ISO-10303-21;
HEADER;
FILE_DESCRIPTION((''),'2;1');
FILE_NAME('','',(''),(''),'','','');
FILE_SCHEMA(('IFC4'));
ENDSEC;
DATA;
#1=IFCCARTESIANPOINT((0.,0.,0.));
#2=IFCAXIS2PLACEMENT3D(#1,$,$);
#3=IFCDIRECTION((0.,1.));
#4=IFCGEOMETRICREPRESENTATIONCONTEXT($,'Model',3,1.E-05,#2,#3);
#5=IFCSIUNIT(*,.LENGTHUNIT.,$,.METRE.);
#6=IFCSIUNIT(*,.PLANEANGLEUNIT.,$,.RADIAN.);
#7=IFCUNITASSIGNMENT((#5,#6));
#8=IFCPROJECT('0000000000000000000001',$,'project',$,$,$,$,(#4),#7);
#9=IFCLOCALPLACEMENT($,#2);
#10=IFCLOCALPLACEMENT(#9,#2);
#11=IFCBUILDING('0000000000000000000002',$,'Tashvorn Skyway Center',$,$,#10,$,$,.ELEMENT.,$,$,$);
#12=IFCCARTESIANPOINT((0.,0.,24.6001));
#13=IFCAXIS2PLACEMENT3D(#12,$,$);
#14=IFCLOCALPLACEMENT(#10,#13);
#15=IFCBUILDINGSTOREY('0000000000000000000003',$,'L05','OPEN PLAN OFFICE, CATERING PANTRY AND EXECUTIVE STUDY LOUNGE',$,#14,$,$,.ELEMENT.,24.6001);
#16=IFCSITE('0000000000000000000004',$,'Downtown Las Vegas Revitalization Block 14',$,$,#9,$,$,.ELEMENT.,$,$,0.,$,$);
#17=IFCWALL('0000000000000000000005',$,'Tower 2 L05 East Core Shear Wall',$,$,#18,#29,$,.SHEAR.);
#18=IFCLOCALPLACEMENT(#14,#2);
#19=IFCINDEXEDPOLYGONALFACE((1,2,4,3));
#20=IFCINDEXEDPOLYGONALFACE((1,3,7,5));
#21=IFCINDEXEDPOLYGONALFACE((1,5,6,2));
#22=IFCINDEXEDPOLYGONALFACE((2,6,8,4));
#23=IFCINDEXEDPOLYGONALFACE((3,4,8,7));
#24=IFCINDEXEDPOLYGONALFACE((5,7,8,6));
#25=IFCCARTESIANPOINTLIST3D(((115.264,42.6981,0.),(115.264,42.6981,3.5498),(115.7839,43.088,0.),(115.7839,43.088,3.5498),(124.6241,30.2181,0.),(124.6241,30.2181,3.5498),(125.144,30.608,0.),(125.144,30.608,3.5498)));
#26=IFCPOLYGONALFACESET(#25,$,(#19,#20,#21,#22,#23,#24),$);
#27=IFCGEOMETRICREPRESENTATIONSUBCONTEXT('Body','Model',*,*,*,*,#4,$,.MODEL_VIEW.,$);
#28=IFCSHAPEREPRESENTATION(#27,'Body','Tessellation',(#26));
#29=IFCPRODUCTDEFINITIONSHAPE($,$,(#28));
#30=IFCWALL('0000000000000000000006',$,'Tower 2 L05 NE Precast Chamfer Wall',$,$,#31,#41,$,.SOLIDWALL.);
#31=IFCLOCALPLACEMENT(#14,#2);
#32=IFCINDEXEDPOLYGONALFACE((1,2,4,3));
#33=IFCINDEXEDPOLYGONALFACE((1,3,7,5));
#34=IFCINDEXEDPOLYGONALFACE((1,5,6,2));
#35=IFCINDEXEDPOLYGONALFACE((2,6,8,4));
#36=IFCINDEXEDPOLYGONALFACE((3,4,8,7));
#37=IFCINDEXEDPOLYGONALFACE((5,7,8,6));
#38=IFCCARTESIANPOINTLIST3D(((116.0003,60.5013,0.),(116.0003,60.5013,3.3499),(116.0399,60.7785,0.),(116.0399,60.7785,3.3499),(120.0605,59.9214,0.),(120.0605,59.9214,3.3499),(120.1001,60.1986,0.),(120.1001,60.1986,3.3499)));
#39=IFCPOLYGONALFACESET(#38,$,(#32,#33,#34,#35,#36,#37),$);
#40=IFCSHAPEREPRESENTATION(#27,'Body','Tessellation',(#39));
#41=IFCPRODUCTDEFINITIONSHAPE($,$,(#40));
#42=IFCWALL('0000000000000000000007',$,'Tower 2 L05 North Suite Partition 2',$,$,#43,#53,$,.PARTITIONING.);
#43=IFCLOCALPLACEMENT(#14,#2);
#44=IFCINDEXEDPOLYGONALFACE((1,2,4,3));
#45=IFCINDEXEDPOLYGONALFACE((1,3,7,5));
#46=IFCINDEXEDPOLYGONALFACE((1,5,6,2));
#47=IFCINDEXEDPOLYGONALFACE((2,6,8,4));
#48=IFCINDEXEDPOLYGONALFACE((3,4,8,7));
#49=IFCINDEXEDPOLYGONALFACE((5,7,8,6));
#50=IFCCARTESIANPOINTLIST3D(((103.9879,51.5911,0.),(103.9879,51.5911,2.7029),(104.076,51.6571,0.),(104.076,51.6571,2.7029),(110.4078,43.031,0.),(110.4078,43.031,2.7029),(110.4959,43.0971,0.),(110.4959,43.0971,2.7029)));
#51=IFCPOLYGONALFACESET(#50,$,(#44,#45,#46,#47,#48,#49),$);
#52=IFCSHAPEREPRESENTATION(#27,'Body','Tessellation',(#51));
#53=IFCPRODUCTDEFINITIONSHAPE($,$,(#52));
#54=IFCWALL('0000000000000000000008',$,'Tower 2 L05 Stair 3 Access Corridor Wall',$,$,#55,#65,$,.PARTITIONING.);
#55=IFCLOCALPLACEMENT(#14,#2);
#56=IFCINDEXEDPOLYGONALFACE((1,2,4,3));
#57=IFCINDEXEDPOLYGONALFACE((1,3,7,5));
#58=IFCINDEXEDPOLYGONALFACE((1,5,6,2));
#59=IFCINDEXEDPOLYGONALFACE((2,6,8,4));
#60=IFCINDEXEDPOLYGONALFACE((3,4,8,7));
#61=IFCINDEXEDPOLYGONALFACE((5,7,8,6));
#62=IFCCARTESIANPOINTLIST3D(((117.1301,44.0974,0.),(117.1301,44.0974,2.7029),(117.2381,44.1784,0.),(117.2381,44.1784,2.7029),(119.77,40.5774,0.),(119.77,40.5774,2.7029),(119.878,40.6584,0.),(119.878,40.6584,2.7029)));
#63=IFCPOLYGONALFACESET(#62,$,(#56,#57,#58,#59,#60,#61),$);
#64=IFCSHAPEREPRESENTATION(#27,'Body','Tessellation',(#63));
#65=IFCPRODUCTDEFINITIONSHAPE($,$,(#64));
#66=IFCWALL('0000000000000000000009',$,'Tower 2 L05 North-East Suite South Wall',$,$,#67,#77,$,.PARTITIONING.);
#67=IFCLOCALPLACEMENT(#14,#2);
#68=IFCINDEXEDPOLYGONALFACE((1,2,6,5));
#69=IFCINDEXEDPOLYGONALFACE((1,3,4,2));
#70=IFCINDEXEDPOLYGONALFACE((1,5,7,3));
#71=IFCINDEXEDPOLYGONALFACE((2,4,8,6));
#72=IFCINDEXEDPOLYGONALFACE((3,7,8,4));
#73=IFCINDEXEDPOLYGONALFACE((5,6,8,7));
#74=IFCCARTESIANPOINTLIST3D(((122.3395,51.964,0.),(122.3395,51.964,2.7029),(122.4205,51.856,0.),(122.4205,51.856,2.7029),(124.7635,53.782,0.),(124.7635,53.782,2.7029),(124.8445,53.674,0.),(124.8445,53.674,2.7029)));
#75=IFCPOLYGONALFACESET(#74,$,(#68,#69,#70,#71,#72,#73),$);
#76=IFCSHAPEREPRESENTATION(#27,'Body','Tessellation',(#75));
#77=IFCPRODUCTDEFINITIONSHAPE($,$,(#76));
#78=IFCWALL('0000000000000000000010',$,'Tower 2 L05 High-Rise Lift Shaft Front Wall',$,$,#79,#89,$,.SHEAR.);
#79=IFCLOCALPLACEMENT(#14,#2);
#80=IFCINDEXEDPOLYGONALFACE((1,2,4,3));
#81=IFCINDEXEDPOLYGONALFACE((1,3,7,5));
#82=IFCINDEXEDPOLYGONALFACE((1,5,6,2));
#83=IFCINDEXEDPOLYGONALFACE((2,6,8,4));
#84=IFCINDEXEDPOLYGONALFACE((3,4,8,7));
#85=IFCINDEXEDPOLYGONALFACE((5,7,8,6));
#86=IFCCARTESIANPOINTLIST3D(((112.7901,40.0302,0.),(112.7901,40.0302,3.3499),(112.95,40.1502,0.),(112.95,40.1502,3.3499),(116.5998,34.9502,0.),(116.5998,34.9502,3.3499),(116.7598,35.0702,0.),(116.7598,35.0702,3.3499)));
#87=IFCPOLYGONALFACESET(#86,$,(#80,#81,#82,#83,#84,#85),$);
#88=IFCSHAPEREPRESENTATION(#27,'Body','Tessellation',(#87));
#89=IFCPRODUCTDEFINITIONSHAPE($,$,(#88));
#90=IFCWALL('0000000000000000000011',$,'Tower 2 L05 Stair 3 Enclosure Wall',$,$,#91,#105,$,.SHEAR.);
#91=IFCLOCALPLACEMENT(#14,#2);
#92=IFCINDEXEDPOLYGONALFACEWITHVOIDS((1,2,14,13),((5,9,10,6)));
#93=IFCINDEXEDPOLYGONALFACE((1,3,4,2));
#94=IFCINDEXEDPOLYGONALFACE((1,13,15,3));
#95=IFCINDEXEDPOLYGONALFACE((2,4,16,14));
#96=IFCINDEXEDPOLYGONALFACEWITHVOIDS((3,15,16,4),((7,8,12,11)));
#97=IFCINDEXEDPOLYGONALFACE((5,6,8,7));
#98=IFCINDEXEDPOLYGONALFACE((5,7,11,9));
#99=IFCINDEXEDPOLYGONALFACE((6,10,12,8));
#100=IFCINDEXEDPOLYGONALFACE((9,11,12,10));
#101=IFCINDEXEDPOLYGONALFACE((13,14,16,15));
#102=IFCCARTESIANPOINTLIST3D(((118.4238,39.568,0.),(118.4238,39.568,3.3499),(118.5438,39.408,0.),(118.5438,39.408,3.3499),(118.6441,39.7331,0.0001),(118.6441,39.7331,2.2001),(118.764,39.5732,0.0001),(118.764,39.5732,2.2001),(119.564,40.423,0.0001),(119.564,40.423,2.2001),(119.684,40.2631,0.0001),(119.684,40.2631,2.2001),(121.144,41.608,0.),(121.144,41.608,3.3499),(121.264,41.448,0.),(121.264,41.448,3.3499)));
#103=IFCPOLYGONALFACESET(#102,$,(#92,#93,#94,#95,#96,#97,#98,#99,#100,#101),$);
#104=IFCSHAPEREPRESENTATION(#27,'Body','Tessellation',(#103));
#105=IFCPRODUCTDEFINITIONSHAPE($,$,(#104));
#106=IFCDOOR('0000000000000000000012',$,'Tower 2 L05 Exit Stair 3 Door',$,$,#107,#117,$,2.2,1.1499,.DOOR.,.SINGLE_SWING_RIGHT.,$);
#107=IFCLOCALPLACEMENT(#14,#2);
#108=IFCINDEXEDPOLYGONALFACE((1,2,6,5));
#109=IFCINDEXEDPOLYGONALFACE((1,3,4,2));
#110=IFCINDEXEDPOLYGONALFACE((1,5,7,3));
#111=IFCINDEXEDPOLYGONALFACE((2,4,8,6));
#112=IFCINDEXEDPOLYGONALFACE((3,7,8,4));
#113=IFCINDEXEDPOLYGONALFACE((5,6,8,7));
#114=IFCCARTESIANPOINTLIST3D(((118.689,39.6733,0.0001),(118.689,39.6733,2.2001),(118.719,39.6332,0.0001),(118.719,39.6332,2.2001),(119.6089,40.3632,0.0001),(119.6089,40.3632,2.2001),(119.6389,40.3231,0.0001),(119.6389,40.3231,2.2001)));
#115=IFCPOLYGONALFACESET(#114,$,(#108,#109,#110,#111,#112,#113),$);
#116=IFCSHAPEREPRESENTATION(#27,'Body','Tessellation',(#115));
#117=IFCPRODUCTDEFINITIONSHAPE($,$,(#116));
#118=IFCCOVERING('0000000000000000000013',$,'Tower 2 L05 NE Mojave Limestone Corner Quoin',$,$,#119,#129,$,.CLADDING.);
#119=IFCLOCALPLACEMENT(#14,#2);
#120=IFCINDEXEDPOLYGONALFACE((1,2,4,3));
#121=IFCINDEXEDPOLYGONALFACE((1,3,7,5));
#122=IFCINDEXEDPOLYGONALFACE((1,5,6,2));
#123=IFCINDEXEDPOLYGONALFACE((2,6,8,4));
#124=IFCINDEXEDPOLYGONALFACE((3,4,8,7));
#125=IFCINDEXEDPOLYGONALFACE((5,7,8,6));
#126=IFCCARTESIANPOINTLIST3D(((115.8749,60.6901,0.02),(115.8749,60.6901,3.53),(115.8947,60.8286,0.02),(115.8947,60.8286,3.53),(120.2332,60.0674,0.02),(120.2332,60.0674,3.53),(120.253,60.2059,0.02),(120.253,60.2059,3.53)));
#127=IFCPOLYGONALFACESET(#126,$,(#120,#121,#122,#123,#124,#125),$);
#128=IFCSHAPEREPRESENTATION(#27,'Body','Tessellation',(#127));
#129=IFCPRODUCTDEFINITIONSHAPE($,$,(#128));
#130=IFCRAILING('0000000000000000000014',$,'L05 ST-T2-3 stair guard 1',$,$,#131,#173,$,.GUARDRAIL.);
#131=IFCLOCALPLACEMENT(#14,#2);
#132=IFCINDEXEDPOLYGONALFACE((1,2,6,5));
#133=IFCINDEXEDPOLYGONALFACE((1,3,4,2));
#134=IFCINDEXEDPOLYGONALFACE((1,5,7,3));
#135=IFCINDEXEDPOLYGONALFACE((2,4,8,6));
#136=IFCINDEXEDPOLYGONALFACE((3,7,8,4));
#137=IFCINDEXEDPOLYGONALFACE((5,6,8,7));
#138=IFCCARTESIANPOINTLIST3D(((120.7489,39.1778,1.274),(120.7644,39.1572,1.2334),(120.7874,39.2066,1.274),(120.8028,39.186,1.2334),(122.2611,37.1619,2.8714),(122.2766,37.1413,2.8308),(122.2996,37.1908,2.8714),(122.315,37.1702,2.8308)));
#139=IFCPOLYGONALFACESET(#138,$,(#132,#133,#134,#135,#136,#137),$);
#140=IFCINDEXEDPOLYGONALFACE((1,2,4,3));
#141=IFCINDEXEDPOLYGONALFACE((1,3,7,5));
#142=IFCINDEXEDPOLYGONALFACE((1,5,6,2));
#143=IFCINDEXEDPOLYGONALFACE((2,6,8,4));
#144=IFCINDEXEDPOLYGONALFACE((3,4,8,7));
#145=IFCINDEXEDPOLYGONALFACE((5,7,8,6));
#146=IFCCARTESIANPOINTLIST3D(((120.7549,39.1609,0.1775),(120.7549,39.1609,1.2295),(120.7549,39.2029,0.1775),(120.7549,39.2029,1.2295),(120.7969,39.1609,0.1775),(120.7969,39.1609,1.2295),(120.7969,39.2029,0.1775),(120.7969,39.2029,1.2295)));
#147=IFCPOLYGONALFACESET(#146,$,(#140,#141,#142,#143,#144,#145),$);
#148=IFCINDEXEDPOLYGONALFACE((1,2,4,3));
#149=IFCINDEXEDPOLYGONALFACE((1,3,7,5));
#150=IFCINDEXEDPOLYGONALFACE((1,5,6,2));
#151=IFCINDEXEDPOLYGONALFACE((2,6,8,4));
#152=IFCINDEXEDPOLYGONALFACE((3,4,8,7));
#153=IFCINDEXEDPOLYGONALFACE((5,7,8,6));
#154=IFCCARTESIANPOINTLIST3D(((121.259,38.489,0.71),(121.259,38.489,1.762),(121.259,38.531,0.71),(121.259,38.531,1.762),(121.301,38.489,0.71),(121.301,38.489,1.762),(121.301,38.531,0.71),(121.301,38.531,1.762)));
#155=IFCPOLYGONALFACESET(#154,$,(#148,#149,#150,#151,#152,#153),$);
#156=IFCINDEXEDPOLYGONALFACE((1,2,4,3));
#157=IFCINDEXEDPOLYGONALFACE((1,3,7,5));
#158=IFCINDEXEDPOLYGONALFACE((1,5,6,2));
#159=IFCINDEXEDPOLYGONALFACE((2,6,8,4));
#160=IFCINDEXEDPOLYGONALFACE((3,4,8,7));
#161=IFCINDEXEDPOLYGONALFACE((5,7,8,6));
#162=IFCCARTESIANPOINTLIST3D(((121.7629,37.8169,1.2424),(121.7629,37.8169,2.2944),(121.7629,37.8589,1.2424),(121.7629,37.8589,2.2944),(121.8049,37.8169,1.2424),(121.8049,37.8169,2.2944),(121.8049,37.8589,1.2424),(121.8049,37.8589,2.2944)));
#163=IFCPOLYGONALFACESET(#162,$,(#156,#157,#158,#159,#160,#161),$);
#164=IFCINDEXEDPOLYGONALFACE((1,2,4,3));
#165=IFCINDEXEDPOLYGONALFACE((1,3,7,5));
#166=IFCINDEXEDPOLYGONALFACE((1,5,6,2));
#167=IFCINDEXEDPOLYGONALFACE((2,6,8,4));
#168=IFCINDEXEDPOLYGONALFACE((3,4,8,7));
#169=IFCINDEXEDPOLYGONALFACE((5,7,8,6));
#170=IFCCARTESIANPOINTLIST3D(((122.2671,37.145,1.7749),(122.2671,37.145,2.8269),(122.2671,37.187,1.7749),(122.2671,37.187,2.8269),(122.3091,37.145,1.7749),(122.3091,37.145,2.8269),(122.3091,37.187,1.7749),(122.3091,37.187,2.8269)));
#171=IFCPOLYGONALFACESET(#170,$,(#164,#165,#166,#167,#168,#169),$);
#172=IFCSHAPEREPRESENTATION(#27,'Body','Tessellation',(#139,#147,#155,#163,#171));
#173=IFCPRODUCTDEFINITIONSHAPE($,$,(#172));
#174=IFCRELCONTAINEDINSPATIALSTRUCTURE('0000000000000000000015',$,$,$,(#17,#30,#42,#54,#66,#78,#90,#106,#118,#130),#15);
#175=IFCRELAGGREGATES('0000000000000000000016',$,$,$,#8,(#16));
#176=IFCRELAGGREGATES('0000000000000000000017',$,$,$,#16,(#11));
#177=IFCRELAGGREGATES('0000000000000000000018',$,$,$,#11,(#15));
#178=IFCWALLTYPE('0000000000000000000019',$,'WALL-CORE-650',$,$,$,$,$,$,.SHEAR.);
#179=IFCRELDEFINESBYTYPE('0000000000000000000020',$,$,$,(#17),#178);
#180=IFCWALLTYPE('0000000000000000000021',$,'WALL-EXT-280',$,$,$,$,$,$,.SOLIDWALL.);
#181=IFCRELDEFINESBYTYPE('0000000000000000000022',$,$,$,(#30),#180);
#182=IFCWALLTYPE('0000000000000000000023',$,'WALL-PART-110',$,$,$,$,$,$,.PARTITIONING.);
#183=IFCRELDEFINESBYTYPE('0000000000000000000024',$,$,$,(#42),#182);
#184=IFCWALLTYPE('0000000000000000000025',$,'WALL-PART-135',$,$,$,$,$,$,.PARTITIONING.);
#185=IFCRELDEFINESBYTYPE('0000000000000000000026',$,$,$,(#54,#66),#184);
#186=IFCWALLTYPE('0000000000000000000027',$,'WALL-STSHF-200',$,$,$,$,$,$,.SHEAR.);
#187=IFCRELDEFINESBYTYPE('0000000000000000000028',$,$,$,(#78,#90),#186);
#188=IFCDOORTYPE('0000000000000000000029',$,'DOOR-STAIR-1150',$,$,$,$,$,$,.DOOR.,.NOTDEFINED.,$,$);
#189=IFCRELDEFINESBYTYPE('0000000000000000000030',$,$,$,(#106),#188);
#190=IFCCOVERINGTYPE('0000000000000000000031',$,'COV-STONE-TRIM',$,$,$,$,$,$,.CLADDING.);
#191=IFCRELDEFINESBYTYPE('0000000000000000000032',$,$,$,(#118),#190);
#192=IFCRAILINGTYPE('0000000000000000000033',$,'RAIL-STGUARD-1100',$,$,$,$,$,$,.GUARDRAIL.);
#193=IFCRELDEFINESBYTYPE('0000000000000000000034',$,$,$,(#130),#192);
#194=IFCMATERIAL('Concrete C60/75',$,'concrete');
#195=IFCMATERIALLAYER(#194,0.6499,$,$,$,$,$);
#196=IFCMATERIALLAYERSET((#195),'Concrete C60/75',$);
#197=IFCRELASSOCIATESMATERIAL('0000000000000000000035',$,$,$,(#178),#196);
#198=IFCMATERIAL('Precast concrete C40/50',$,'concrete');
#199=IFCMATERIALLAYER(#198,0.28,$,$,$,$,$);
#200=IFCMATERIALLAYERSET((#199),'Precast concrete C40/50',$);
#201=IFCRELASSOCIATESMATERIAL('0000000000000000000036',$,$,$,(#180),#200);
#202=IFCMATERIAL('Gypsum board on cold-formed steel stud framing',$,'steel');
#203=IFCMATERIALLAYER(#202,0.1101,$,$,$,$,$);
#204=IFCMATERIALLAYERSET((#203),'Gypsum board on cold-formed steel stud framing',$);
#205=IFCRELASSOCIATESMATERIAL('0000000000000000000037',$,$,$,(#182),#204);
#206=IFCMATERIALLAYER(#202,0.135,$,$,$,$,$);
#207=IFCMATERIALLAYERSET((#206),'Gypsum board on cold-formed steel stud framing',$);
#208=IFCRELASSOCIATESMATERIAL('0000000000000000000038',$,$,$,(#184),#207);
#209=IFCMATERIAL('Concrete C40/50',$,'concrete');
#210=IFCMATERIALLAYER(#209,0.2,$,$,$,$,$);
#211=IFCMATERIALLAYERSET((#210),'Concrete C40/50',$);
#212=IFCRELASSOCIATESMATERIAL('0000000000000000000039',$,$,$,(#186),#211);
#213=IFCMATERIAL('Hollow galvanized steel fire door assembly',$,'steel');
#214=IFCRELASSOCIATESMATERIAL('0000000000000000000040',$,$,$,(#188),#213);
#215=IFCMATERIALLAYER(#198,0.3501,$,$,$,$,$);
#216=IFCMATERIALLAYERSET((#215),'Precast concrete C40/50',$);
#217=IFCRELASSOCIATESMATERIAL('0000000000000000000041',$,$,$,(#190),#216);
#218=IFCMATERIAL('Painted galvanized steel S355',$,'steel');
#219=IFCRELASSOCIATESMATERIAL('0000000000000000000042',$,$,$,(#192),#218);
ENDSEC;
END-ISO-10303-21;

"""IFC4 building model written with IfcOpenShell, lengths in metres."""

from ifc_helpers import new_model, si_unit, direction, frame, frame_2d, origin, origin_2d, place, context, subcontext, project, spatial, rectangle, extrude, material, layer, layer_set, type_object, element, fill, save


model = new_model("IFC4")

# Units and contexts
model_context = context("Model", 3, precision=1e-05, world=origin(), true_north=direction((0.0, 1.0)))
body_context = subcontext(model_context, "Body", "Model", "MODEL_VIEW")
ifc_project = project(units=[si_unit("LENGTHUNIT", "METRE"), si_unit("PLANEANGLEUNIT", "RADIAN")], contexts=[model_context])

# Site, building, storey
site_placement = place(None, origin())
site = spatial("IfcSite", under=ifc_project, at=site_placement, Name="Downtown Las Vegas Revitalization Block 14", CompositionType="ELEMENT", RefElevation=0.0)
building_placement = place(site_placement, origin())
building = spatial("IfcBuilding", under=site, at=building_placement, Name="Tashvorn Skyway Center", CompositionType="ELEMENT")
storey_placement = place(building_placement, frame((0.0, 0.0, 24.6001)))
storey = spatial("IfcBuildingStorey", under=building, at=storey_placement, Name="L05", Description="OPEN PLAN OFFICE, CATERING PANTRY AND EXECUTIVE STUDY LOUNGE", CompositionType="ELEMENT", Elevation=24.6001)

# Walls
ifc_material_1 = material(Name="Concrete C60/75", Category="concrete")
ifc_layer_1 = layer(ifc_material_1, 0.6499)
ifc_layer_set_1 = layer_set([ifc_layer_1], Name="Concrete C60/75")
wall_type_1 = type_object("IfcWallType", Name="WALL-CORE-650", PredefinedType="SHEAR", material=ifc_layer_set_1)
wall_1_placement = place(storey_placement, frame((115.5239, 42.8931, 0.0), z_axis=(0.0, 0.0, 1.0), x_axis=(0.600005, -0.799996, 0.0)))
element("IfcWall", 1, at=wall_1_placement, inside=storey, type_object=wall_type_1, Name="Tower 2 L05 East Core Shear Wall", PredefinedType="SHEAR", context=body_context, shape_type="SweptSolid", body=[
    extrude(rectangle(XDim=15.6001, YDim=0.6499, at=frame_2d((7.8, 0.0))), origin(), (0.0, 0.0, 1.0), 3.5498),
])
ifc_material_2 = material(Name="Precast concrete C40/50", Category="concrete")
ifc_layer_2 = layer(ifc_material_2, 0.28)
ifc_layer_set_2 = layer_set([ifc_layer_2], Name="Precast concrete C40/50")
wall_type_2 = type_object("IfcWallType", Name="WALL-EXT-280", PredefinedType="SOLIDWALL", material=ifc_layer_set_2)
wall_2_placement = place(storey_placement, frame((116.02, 60.6399, 0.0), z_axis=(0.0, 0.0, 1.0), x_axis=(0.989955, -0.14138, 0.0)))
element("IfcWall", 2, at=wall_2_placement, inside=storey, type_object=wall_type_2, Name="Tower 2 L05 NE Precast Chamfer Wall", PredefinedType="SOLIDWALL", context=body_context, shape_type="SweptSolid", body=[
    extrude(rectangle(XDim=4.1013, YDim=0.28, at=frame_2d((2.0508, 0.0))), origin(), (0.0, 0.0, 1.0), 3.3499),
])
ifc_material_3 = material(Name="Gypsum board on cold-formed steel stud framing", Category="steel")
ifc_layer_3 = layer(ifc_material_3, 0.1101)
ifc_layer_set_3 = layer_set([ifc_layer_3], Name="Gypsum board on cold-formed steel stud framing")
wall_type_3 = type_object("IfcWallType", Name="WALL-PART-110", PredefinedType="PARTITIONING", material=ifc_layer_set_3)
wall_3_placement = place(storey_placement, frame((110.4519, 43.064, 0.0), z_axis=(0.0, 0.0, 1.0), x_axis=(-0.599993, 0.800005, 0.0)))
element("IfcWall", 3, at=wall_3_placement, inside=storey, type_object=wall_type_3, Name="Tower 2 L05 North Suite Partition 2", PredefinedType="PARTITIONING", context=body_context, shape_type="SweptSolid", body=[
    extrude(rectangle(XDim=10.7, YDim=0.1101, at=frame_2d((5.3501, 0.0))), origin(), (0.0, 0.0, 1.0), 2.7029),
])
ifc_layer_4 = layer(ifc_material_3, 0.135)
ifc_layer_set_4 = layer_set([ifc_layer_4], Name="Gypsum board on cold-formed steel stud framing")
wall_type_4 = type_object("IfcWallType", Name="WALL-PART-135", PredefinedType="PARTITIONING", material=ifc_layer_set_4)
wall_4_placement = place(storey_placement, frame((119.824, 40.6179, 0.0), z_axis=(0.0, 0.0, 1.0), x_axis=(-0.599982, 0.800013, 0.0)))
element("IfcWall", 4, at=wall_4_placement, inside=storey, type_object=wall_type_4, Name="Tower 2 L05 Stair 3 Access Corridor Wall", PredefinedType="PARTITIONING", context=body_context, shape_type="SweptSolid", body=[
    extrude(rectangle(XDim=4.3999, YDim=0.135, at=frame_2d((2.2, 0.0))), origin(), (0.0, 0.0, 1.0), 2.7029),
])
wall_5_placement = place(storey_placement, frame((122.3799, 51.9099, 0.0), z_axis=(0.0, 0.0, 1.0), x_axis=(0.79999, 0.600013, 0.0)))
element("IfcWall", 5, at=wall_5_placement, inside=storey, type_object=wall_type_4, Name="Tower 2 L05 North-East Suite South Wall", PredefinedType="PARTITIONING", context=body_context, shape_type="SweptSolid", body=[
    extrude(rectangle(XDim=3.03, YDim=0.135, at=frame_2d((1.5151, 0.0))), origin(), (0.0, 0.0, 1.0), 2.7029),
])
ifc_material_4 = material(Name="Concrete C40/50", Category="concrete")
ifc_layer_5 = layer(ifc_material_4, 0.2)
ifc_layer_set_5 = layer_set([ifc_layer_5], Name="Concrete C40/50")
wall_type_5 = type_object("IfcWallType", Name="WALL-STSHF-200", PredefinedType="SHEAR", material=ifc_layer_set_5)
wall_6_placement = place(storey_placement, frame((112.8701, 40.0901, 0.0), z_axis=(0.0, 0.0, 1.0), x_axis=(0.599975, -0.800018, 0.0)))
element("IfcWall", 6, at=wall_6_placement, inside=storey, type_object=wall_type_5, Name="Tower 2 L05 High-Rise Lift Shaft Front Wall", PredefinedType="SHEAR", context=body_context, shape_type="SweptSolid", body=[
    extrude(rectangle(XDim=6.3499, YDim=0.2, at=frame_2d((3.1748, 0.0))), origin(), (0.0, 0.0, 1.0), 3.3499),
])

# Wall, opening, door
wall_7_placement = place(storey_placement, frame((121.2041, 41.5281, 0.0), z_axis=(0.0, 0.0, 1.0), x_axis=(-0.800017, -0.599977, 0.0)))
wall_7 = element("IfcWall", 7, at=wall_7_placement, inside=storey, type_object=wall_type_5, Name="Tower 2 L05 Stair 3 Enclosure Wall", PredefinedType="SHEAR", context=body_context, shape_type="SweptSolid", body=[
    extrude(rectangle(XDim=3.4001, YDim=0.2, at=frame_2d((1.7002, 0.0))), origin(), (0.0, 0.0, 1.0), 3.3499),
])
opening_placement = place(wall_7_placement, frame((1.9751, 0.0, 0.0)))
opening = element("IfcOpeningElement", 8, at=opening_placement, cuts=wall_7, PredefinedType="OPENING", context=body_context, shape_type="SweptSolid", body=[
    extrude(rectangle(XDim=1.1499, YDim=2.2, at=frame_2d((0.575, 1.1001))), frame((0.0, 0.1099, 0.0), z_axis=(0.0, -1.0, 0.0), x_axis=(1.0, 0.0, 0.0)), (0.0, 0.0, 1.0), 0.22),
])
ifc_material_5 = material(Name="Hollow galvanized steel fire door assembly", Category="steel")
door_type = type_object("IfcDoorType", Name="DOOR-STAIR-1150", OperationType="NOTDEFINED", PredefinedType="DOOR", material=ifc_material_5)
door_placement = place(opening_placement, origin())
door = element("IfcDoor", 9, at=door_placement, inside=storey, type_object=door_type, Name="Tower 2 L05 Exit Stair 3 Door", OperationType="SINGLE_SWING_RIGHT", OverallHeight=2.2, OverallWidth=1.1499, PredefinedType="DOOR", context=body_context, shape_type="SweptSolid", body=[
    extrude(rectangle(XDim=1.1499, YDim=2.2, at=frame_2d((0.575, 1.1001))), frame((0.0, 0.0249, 0.0), z_axis=(0.0, -1.0, 0.0), x_axis=(1.0, 0.0, 0.0)), (0.0, 0.0, 1.0), 0.05),
])
fill(opening, door)

# Covering
ifc_layer_6 = layer(ifc_material_2, 0.3501)
ifc_layer_set_6 = layer_set([ifc_layer_6], Name="Precast concrete C40/50")
covering_type = type_object("IfcCoveringType", Name="COV-STONE-TRIM", PredefinedType="CLADDING", material=ifc_layer_set_6)
covering_placement = place(storey_placement, frame((118.064, 60.448, 0.02), z_axis=(0.0, 0.0, 1.0), x_axis=(0.989949, -0.141421, 0.0)))
element("IfcCovering", 10, at=covering_placement, inside=storey, type_object=covering_type, Name="Tower 2 L05 NE Mojave Limestone Corner Quoin", PredefinedType="CLADDING", context=body_context, shape_type="SweptSolid", body=[
    extrude(rectangle(XDim=4.4026, YDim=0.1399, at=origin_2d()), origin(), (0.0, 0.0, 1.0), 3.51),
])

# Railing
ifc_material_6 = material(Name="Painted galvanized steel S355", Category="steel")
railing_type = type_object("IfcRailingType", Name="RAIL-STGUARD-1100", PredefinedType="GUARDRAIL", material=ifc_material_6)
railing_1_placement = place(storey_placement, frame((120.7759, 39.1819, 0.1775)))
element("IfcRailing", 11, at=railing_1_placement, inside=storey, type_object=railing_type, Name="L05 ST-T2-3 stair guard 1", PredefinedType="GUARDRAIL", context=body_context, shape_type="SweptSolid", body=[
    extrude(rectangle(XDim=0.0481, YDim=0.0481, at=origin_2d()), frame((0.0, 0.0, 1.0762), z_axis=(0.50683, -0.675636, 0.535387), x_axis=(0.799942, 0.600078, 0.0)), (0.0, 0.0, 1.0), 2.9836),
    extrude(rectangle(XDim=0.042, YDim=0.042, at=origin_2d()), origin(), (0.0, 0.0, 1.0), 1.052),
    extrude(rectangle(XDim=0.042, YDim=0.042, at=origin_2d()), frame((0.5042, -0.6719, 0.5325)), (0.0, 0.0, 1.0), 1.052),
    extrude(rectangle(XDim=0.042, YDim=0.042, at=origin_2d()), frame((1.0081, -1.344, 1.0649)), (0.0, 0.0, 1.0), 1.052),
    extrude(rectangle(XDim=0.042, YDim=0.042, at=origin_2d()), frame((1.5122, -2.0159, 1.5974)), (0.0, 0.0, 1.0), 1.052),
])

save(model, "model.ifc")
